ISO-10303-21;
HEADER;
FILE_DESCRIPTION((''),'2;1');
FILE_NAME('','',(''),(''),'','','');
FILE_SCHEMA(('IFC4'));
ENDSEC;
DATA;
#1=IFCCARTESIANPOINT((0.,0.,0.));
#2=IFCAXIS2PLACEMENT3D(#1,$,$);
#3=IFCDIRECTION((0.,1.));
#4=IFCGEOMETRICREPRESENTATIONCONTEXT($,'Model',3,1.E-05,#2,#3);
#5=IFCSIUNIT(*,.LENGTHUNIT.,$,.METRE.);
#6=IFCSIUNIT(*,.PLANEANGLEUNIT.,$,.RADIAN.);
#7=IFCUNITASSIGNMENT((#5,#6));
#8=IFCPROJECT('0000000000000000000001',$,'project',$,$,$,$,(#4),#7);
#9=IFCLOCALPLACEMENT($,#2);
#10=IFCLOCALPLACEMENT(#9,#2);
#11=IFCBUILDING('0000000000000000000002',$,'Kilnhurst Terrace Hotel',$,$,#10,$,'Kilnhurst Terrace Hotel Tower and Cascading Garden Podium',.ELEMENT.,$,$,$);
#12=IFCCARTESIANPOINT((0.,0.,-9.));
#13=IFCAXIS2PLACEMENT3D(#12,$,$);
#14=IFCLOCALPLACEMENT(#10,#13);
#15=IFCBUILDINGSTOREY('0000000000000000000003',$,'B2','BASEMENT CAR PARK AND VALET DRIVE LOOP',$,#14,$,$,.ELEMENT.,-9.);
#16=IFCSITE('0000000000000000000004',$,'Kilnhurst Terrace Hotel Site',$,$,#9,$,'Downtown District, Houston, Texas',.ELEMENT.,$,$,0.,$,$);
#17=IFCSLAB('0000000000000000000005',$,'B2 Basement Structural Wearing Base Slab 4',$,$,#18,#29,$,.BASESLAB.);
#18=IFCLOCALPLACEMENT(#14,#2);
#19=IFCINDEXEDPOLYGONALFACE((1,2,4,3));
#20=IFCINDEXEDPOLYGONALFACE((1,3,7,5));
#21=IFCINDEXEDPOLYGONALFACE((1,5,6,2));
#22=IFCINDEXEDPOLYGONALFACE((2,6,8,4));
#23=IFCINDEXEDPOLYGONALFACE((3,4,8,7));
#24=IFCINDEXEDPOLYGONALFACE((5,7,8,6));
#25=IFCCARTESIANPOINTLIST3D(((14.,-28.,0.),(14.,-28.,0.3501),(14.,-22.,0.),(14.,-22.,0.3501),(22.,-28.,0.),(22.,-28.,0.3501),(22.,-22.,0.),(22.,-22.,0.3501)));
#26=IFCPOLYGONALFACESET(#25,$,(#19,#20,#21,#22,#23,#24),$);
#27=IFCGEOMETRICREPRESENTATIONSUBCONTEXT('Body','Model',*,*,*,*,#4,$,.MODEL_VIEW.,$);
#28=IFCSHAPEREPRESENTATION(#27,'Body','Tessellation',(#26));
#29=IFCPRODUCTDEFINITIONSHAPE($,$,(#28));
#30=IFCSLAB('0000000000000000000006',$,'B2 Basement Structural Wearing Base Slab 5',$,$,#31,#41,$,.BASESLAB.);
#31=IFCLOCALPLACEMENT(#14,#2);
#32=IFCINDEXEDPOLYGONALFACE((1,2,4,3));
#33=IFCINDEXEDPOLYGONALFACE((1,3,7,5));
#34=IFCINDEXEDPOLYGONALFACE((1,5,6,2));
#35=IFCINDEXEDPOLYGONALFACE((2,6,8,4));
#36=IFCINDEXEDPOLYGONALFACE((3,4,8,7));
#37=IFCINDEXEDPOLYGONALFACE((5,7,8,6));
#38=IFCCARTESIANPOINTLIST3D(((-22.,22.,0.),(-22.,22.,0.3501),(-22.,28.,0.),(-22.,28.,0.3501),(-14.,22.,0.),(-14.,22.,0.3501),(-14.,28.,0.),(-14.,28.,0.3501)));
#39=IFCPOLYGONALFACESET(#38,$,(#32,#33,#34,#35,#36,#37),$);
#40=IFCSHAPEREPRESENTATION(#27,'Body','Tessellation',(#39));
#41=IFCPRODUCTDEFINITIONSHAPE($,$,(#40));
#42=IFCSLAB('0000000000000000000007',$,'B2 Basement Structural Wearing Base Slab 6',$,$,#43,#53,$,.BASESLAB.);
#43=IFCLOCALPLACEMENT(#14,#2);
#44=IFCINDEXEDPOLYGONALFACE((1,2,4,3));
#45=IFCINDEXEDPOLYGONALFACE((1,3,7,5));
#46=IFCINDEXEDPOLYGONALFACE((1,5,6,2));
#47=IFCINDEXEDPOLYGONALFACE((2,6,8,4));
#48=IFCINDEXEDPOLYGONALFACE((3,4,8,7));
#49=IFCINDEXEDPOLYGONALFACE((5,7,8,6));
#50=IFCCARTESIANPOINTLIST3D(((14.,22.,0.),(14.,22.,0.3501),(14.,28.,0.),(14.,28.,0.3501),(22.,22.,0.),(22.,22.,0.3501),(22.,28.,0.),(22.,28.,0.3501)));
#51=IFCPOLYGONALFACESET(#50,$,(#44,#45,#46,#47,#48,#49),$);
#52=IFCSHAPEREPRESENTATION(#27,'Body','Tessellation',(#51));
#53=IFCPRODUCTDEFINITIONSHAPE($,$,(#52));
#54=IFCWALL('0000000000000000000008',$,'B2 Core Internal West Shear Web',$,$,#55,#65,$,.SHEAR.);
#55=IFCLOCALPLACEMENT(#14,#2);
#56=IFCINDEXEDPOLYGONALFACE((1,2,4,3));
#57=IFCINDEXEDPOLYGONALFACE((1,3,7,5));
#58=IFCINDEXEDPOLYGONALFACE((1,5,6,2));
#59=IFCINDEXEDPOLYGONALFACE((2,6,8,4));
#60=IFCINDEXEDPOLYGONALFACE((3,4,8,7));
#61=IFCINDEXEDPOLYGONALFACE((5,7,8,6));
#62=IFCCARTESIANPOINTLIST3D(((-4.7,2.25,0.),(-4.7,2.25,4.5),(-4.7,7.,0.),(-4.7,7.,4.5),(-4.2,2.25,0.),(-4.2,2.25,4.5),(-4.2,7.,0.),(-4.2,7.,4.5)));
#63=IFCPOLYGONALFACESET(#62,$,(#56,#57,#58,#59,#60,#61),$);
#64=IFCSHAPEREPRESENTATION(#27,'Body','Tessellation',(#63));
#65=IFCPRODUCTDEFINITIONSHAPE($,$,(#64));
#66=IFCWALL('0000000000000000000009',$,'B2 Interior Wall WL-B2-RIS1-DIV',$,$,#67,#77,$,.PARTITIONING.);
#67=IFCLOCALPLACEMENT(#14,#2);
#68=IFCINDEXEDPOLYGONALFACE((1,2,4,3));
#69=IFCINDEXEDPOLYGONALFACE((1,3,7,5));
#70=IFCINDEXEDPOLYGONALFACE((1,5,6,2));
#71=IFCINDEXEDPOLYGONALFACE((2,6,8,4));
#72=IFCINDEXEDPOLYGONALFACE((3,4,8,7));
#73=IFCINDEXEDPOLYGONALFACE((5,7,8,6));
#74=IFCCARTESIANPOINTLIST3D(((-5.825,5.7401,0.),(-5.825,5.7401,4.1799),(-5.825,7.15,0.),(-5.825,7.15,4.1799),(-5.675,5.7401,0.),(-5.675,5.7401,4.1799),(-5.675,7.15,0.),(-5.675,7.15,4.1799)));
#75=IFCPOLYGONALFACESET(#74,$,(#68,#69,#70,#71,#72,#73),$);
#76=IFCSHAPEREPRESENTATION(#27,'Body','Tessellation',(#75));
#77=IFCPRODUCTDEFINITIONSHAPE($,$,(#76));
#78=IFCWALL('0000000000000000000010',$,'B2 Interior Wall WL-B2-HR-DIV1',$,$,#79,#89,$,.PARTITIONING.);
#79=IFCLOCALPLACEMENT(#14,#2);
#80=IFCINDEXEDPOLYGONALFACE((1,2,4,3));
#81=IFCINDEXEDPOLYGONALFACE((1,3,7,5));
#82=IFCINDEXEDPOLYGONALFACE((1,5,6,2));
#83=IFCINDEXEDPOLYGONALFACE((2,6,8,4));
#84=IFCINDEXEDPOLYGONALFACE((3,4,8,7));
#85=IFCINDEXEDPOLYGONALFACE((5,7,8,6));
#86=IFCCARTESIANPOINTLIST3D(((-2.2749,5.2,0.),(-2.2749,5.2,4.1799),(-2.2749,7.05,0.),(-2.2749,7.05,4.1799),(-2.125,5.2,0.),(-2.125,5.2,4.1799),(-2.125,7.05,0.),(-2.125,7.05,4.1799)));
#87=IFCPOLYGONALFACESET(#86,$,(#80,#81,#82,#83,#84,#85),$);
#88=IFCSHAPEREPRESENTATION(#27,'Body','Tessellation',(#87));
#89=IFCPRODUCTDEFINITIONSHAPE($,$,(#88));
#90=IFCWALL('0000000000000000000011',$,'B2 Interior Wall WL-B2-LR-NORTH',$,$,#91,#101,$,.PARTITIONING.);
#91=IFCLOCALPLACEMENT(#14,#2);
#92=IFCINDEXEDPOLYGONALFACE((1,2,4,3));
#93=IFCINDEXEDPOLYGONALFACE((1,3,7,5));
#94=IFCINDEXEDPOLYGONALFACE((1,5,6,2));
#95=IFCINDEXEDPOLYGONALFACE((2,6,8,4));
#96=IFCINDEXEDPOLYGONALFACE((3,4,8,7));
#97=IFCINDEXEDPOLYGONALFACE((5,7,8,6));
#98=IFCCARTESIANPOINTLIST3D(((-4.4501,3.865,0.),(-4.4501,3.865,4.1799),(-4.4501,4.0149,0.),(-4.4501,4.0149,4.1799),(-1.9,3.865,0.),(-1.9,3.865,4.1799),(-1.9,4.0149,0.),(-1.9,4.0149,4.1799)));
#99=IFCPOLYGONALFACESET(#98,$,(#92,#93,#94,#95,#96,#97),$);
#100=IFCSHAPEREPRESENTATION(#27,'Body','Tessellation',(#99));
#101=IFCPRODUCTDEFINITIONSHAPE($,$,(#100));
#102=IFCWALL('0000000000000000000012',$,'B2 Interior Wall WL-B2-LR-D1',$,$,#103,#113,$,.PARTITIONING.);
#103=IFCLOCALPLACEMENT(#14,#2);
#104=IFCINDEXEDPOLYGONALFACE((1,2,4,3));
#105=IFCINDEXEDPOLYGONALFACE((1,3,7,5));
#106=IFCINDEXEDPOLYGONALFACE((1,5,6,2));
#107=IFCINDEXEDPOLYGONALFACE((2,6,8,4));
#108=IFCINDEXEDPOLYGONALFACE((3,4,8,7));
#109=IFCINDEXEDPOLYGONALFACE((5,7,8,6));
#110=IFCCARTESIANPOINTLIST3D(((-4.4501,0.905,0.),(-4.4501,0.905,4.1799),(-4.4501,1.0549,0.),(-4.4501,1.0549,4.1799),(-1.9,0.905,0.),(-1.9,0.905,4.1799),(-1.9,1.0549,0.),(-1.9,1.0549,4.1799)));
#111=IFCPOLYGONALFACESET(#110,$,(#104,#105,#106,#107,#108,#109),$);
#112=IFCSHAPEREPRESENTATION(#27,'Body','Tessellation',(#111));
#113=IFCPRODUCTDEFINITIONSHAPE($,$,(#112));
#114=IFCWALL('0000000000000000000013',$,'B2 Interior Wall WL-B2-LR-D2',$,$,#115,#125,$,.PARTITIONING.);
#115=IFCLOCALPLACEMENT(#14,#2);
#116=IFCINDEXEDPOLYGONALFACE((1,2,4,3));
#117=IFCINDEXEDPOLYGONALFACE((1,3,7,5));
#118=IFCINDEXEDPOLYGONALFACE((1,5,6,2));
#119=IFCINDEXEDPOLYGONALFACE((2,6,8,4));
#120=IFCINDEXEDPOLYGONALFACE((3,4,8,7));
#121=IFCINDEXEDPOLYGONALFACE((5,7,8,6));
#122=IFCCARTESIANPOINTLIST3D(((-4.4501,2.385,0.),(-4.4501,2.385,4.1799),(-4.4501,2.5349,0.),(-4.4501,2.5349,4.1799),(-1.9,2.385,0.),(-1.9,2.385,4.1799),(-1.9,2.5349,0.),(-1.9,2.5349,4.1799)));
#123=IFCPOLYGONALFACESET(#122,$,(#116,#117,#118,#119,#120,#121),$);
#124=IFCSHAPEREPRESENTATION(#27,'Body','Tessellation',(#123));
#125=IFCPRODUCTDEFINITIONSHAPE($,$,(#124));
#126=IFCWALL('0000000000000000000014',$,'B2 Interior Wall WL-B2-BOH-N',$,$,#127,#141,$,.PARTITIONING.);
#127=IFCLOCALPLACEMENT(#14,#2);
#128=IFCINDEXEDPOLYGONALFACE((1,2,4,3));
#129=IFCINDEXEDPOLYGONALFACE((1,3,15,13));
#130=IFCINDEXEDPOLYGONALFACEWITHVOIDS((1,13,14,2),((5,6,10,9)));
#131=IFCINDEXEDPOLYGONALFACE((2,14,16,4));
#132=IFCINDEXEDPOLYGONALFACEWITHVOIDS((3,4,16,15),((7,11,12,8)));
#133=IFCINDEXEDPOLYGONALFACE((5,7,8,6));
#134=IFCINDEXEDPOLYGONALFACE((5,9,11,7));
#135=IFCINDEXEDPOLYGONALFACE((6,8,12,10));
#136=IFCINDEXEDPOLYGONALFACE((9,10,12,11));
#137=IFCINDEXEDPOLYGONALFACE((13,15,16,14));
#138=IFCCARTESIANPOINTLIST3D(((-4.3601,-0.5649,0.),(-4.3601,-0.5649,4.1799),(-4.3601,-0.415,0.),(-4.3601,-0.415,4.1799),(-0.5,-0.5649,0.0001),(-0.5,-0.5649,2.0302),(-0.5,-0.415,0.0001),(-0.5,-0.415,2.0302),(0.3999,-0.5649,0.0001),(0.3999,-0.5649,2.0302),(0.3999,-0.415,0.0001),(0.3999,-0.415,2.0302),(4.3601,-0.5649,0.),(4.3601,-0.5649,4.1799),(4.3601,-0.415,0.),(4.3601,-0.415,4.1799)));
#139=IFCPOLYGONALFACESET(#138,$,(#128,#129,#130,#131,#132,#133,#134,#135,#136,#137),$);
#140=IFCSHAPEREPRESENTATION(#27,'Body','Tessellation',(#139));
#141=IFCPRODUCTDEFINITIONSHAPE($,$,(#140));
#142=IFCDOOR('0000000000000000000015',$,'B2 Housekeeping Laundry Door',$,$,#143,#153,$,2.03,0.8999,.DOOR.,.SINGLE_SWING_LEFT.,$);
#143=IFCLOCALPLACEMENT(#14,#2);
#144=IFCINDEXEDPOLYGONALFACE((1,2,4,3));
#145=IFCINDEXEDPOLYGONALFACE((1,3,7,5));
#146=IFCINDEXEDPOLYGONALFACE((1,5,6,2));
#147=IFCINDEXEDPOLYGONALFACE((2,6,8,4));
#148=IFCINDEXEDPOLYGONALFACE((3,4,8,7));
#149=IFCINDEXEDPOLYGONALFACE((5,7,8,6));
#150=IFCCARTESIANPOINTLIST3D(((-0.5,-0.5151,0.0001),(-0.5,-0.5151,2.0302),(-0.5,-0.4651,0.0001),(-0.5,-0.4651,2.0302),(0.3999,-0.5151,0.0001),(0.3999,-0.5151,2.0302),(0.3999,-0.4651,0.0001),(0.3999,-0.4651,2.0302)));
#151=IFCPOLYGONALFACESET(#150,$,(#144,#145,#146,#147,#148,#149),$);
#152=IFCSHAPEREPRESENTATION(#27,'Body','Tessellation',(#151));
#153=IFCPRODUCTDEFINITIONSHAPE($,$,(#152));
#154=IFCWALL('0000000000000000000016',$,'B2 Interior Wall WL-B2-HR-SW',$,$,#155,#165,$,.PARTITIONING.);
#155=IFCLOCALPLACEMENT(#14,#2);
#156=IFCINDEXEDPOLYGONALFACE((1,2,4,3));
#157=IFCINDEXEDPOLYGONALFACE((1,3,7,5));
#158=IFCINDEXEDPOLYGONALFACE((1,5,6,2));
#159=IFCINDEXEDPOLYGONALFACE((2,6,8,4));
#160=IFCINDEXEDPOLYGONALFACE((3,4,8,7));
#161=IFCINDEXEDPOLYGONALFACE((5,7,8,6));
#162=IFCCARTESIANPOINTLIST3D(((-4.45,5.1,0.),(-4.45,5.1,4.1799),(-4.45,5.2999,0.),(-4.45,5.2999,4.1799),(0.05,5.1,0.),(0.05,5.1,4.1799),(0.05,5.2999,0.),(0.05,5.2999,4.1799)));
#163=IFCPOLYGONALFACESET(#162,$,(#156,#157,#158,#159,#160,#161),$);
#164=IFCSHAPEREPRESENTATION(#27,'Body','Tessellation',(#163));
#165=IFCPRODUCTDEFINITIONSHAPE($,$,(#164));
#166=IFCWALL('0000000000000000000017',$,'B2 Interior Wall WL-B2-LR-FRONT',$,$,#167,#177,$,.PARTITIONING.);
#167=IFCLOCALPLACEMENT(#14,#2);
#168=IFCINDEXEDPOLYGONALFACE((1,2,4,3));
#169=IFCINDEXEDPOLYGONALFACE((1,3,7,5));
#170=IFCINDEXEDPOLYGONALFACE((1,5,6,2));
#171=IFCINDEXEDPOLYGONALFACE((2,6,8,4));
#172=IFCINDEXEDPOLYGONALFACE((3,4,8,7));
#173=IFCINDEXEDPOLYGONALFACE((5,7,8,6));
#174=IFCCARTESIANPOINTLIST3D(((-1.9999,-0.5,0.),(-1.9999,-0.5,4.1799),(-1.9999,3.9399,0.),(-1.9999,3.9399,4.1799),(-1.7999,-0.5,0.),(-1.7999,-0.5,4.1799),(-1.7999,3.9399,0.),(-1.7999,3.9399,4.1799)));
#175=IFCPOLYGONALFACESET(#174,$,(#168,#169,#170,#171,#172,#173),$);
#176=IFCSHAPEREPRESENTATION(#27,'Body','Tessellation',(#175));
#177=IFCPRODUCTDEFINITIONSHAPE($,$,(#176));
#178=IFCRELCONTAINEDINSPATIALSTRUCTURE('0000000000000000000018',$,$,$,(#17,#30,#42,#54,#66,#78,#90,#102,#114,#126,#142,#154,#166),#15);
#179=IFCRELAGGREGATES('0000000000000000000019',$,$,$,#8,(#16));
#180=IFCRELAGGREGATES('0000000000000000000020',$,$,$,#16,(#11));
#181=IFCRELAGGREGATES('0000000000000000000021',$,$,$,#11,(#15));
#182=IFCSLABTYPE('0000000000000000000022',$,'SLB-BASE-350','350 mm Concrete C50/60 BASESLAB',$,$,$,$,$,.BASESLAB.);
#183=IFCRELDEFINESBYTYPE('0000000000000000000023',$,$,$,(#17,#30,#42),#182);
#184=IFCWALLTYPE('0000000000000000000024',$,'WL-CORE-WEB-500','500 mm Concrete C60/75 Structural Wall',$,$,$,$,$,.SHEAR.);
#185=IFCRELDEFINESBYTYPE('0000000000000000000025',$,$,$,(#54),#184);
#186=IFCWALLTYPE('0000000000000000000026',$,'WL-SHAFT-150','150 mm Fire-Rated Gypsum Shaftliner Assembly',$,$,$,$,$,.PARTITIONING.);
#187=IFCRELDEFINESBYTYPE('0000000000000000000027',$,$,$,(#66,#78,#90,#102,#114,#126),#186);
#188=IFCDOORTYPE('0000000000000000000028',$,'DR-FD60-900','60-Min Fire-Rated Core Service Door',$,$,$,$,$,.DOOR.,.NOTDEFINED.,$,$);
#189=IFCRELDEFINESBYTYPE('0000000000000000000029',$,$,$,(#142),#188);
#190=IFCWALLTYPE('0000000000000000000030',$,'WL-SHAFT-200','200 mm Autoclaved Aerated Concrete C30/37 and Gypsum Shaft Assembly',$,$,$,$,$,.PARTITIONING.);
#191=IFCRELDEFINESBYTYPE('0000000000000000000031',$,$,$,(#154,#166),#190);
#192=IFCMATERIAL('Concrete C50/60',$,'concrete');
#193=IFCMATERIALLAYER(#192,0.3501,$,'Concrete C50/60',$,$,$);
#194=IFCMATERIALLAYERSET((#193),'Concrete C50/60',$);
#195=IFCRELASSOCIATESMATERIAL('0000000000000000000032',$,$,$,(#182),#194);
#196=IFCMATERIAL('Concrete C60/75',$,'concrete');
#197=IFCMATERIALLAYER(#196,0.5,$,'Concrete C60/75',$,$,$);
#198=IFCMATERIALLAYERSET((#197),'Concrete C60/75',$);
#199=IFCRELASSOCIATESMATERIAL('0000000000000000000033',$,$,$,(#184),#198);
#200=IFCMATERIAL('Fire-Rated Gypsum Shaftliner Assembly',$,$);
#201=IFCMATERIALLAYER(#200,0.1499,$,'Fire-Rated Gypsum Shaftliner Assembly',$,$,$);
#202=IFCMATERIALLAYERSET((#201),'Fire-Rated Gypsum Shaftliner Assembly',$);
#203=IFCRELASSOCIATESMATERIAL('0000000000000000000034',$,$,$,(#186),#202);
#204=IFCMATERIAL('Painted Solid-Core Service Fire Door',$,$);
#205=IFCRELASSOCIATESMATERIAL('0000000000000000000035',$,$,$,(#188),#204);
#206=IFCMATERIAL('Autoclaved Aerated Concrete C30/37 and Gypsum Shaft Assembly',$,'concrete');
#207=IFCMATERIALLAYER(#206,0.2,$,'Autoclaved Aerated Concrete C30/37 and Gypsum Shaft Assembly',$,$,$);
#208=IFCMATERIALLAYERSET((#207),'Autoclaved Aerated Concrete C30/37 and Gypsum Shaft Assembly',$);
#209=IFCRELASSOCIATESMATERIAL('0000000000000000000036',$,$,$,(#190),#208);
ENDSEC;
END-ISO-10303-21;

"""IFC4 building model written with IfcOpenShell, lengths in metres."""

from ifc_helpers import new_model, si_unit, direction, frame, frame_2d, origin, place, context, subcontext, project, spatial, polyline, rectangle, outline, extrude, material, layer, layer_set, type_object, element, fill, save


model = new_model("IFC4")

# Units and contexts
model_context = context("Model", 3, precision=1e-05, world=origin(), true_north=direction((0.0, 1.0)))
body_context = subcontext(model_context, "Body", "Model", "MODEL_VIEW")
ifc_project = project(units=[si_unit("LENGTHUNIT", "METRE"), si_unit("PLANEANGLEUNIT", "RADIAN")], contexts=[model_context])

# Site, building, storey
site_placement = place(None, origin())
site = spatial("IfcSite", under=ifc_project, at=site_placement, Name="Kilnhurst Terrace Hotel Site", LongName="Downtown District, Houston, Texas", CompositionType="ELEMENT", RefElevation=0.0)
building_placement = place(site_placement, origin())
building = spatial("IfcBuilding", under=site, at=building_placement, Name="Kilnhurst Terrace Hotel", LongName="Kilnhurst Terrace Hotel Tower and Cascading Garden Podium", CompositionType="ELEMENT")
storey_placement = place(building_placement, frame((0.0, 0.0, -9.0)))
storey = spatial("IfcBuildingStorey", under=building, at=storey_placement, Name="B2", Description="BASEMENT CAR PARK AND VALET DRIVE LOOP", CompositionType="ELEMENT", Elevation=-9.0)

# Shared definitions
ifc_material_1 = material(Name="Concrete C50/60", Category="concrete")

# Slabs
ifc_layer_1 = layer(ifc_material_1, 0.3501, Name="Concrete C50/60")
ifc_layer_set_1 = layer_set([ifc_layer_1], Name="Concrete C50/60")
slab_type = type_object("IfcSlabType", Name="SLB-BASE-350", Description="350 mm Concrete C50/60 BASESLAB", PredefinedType="BASESLAB", material=ifc_layer_set_1)
slab_1_placement = place(storey_placement, origin())
element("IfcSlab", 1, at=slab_1_placement, inside=storey, type_object=slab_type, Name="B2 Basement Structural Wearing Base Slab 4", PredefinedType="BASESLAB", context=body_context, shape_type="SweptSolid", body=[
    extrude(outline(polyline([(14.0, -28.0), (22.0, -28.0), (22.0, -22.0), (14.0, -22.0), (14.0, -28.0)])), origin(), (0.0, 0.0, 1.0), 0.3501),
])
slab_2_placement = place(storey_placement, origin())
element("IfcSlab", 2, at=slab_2_placement, inside=storey, type_object=slab_type, Name="B2 Basement Structural Wearing Base Slab 5", PredefinedType="BASESLAB", context=body_context, shape_type="SweptSolid", body=[
    extrude(outline(polyline([(-22.0, 22.0), (-14.0, 22.0), (-14.0, 28.0), (-22.0, 28.0), (-22.0, 22.0)])), origin(), (0.0, 0.0, 1.0), 0.3501),
])
slab_3_placement = place(storey_placement, origin())
element("IfcSlab", 3, at=slab_3_placement, inside=storey, type_object=slab_type, Name="B2 Basement Structural Wearing Base Slab 6", PredefinedType="BASESLAB", context=body_context, shape_type="SweptSolid", body=[
    extrude(outline(polyline([(14.0, 22.0), (22.0, 22.0), (22.0, 28.0), (14.0, 28.0), (14.0, 22.0)])), origin(), (0.0, 0.0, 1.0), 0.3501),
])

# Walls
ifc_material_2 = material(Name="Concrete C60/75", Category="concrete")
ifc_layer_2 = layer(ifc_material_2, 0.5, Name="Concrete C60/75")
ifc_layer_set_2 = layer_set([ifc_layer_2], Name="Concrete C60/75")
wall_type_1 = type_object("IfcWallType", Name="WL-CORE-WEB-500", Description="500 mm Concrete C60/75 Structural Wall", PredefinedType="SHEAR", material=ifc_layer_set_2)
wall_1_placement = place(storey_placement, frame((-4.45, 2.25, 0.0), z_axis=(0.0, 0.0, 1.0), x_axis=(0.0, 1.0, 0.0)))
element("IfcWall", 4, at=wall_1_placement, inside=storey, type_object=wall_type_1, Name="B2 Core Internal West Shear Web", PredefinedType="SHEAR", context=body_context, shape_type="SweptSolid", body=[
    extrude(rectangle(XDim=4.75, YDim=0.5, at=frame_2d((2.375, 0.0))), origin(), (0.0, 0.0, 1.0), 4.5),
])
ifc_material_3 = material(Name="Fire-Rated Gypsum Shaftliner Assembly")
ifc_layer_3 = layer(ifc_material_3, 0.1499, Name="Fire-Rated Gypsum Shaftliner Assembly")
ifc_layer_set_3 = layer_set([ifc_layer_3], Name="Fire-Rated Gypsum Shaftliner Assembly")
wall_type_2 = type_object("IfcWallType", Name="WL-SHAFT-150", Description="150 mm Fire-Rated Gypsum Shaftliner Assembly", PredefinedType="PARTITIONING", material=ifc_layer_set_3)
wall_2_placement = place(storey_placement, frame((-5.75, 5.74, 0.0), z_axis=(0.0, 0.0, 1.0), x_axis=(0.0, 1.0, 0.0)))
element("IfcWall", 5, at=wall_2_placement, inside=storey, type_object=wall_type_2, Name="B2 Interior Wall WL-B2-RIS1-DIV", PredefinedType="PARTITIONING", context=body_context, shape_type="SweptSolid", body=[
    extrude(rectangle(XDim=1.4099, YDim=0.1499, at=frame_2d((0.7051, 0.0))), origin(), (0.0, 0.0, 1.0), 4.1799),
])
wall_3_placement = place(storey_placement, frame((-2.2, 5.2, 0.0), z_axis=(0.0, 0.0, 1.0), x_axis=(0.0, 1.0, 0.0)))
element("IfcWall", 6, at=wall_3_placement, inside=storey, type_object=wall_type_2, Name="B2 Interior Wall WL-B2-HR-DIV1", PredefinedType="PARTITIONING", context=body_context, shape_type="SweptSolid", body=[
    extrude(rectangle(XDim=1.8501, YDim=0.1499, at=frame_2d((0.925, 0.0))), origin(), (0.0, 0.0, 1.0), 4.1799),
])
for number, where, z_axis, x_axis, name in (
    (7, (-4.45, 3.9399, 0.0), (0.0, 0.0, 1.0), (1.0, 0.0, 0.0), "B2 Interior Wall WL-B2-LR-NORTH"),
    (8, (-4.45, 0.98, 0.0), (0.0, 0.0, 1.0), (1.0, 0.0, 0.0), "B2 Interior Wall WL-B2-LR-D1"),
    (9, (-4.45, 2.46, 0.0), (0.0, 0.0, 1.0), (1.0, 0.0, 0.0), "B2 Interior Wall WL-B2-LR-D2"),
):
    element("IfcWall", number, at=place(storey_placement, frame(where, z_axis=z_axis, x_axis=x_axis)), inside=storey, type_object=wall_type_2, Name=name, PredefinedType="PARTITIONING", context=body_context, shape_type="SweptSolid", body=[
        extrude(rectangle(XDim=2.55, YDim=0.1499, at=frame_2d((1.2749, 0.0))), origin(), (0.0, 0.0, 1.0), 4.1799),
    ])

# Wall, opening, door
wall_4_placement = place(storey_placement, frame((-4.3601, -0.49, 0.0), z_axis=(0.0, 0.0, 1.0), x_axis=(1.0, 0.0, 0.0)))
wall_4 = element("IfcWall", 10, at=wall_4_placement, inside=storey, type_object=wall_type_2, Name="B2 Interior Wall WL-B2-BOH-N", PredefinedType="PARTITIONING", context=body_context, shape_type="SweptSolid", body=[
    extrude(rectangle(XDim=8.7202, YDim=0.1499, at=frame_2d((4.3601, 0.0))), origin(), (0.0, 0.0, 1.0), 4.1799),
])
opening_placement = place(wall_4_placement, frame((3.8601, 0.0, 0.0)))
opening = element("IfcOpeningElement", 11, at=opening_placement, cuts=wall_4, PredefinedType="OPENING", context=body_context, shape_type="SweptSolid", body=[
    extrude(rectangle(XDim=0.8999, YDim=2.03, at=frame_2d((0.45, 1.0151))), frame((0.0, 0.085, 0.0), z_axis=(0.0, -1.0, 0.0), x_axis=(1.0, 0.0, 0.0)), (0.0, 0.0, 1.0), 0.1699),
])
ifc_material_4 = material(Name="Painted Solid-Core Service Fire Door")
door_type = type_object("IfcDoorType", Name="DR-FD60-900", Description="60-Min Fire-Rated Core Service Door", OperationType="NOTDEFINED", PredefinedType="DOOR", material=ifc_material_4)
door_placement = place(opening_placement, origin())
door = element("IfcDoor", 12, at=door_placement, inside=storey, type_object=door_type, Name="B2 Housekeeping Laundry Door", OperationType="SINGLE_SWING_LEFT", OverallHeight=2.03, OverallWidth=0.8999, PredefinedType="DOOR", context=body_context, shape_type="SweptSolid", body=[
    extrude(rectangle(XDim=0.8999, YDim=2.03, at=frame_2d((0.45, 1.0151))), frame((0.0, 0.0249, 0.0), z_axis=(0.0, -1.0, 0.0), x_axis=(1.0, 0.0, 0.0)), (0.0, 0.0, 1.0), 0.05),
])
fill(opening, door)

# Walls
ifc_material_5 = material(Name="Autoclaved Aerated Concrete C30/37 and Gypsum Shaft Assembly", Category="concrete")
ifc_layer_4 = layer(ifc_material_5, 0.2, Name="Autoclaved Aerated Concrete C30/37 and Gypsum Shaft Assembly")
ifc_layer_set_4 = layer_set([ifc_layer_4], Name="Autoclaved Aerated Concrete C30/37 and Gypsum Shaft Assembly")
wall_type_3 = type_object("IfcWallType", Name="WL-SHAFT-200", Description="200 mm Autoclaved Aerated Concrete C30/37 and Gypsum Shaft Assembly", PredefinedType="PARTITIONING", material=ifc_layer_set_4)
wall_5_placement = place(storey_placement, frame((-4.45, 5.2, 0.0), z_axis=(0.0, 0.0, 1.0), x_axis=(1.0, 0.0, 0.0)))
element("IfcWall", 13, at=wall_5_placement, inside=storey, type_object=wall_type_3, Name="B2 Interior Wall WL-B2-HR-SW", PredefinedType="PARTITIONING", context=body_context, shape_type="SweptSolid", body=[
    extrude(rectangle(XDim=4.5, YDim=0.2, at=frame_2d((2.25, 0.0))), origin(), (0.0, 0.0, 1.0), 4.1799),
])
wall_6_placement = place(storey_placement, frame((-1.8999, -0.5, 0.0), z_axis=(0.0, 0.0, 1.0), x_axis=(0.0, 1.0, 0.0)))
element("IfcWall", 14, at=wall_6_placement, inside=storey, type_object=wall_type_3, Name="B2 Interior Wall WL-B2-LR-FRONT", PredefinedType="PARTITIONING", context=body_context, shape_type="SweptSolid", body=[
    extrude(rectangle(XDim=4.4399, YDim=0.2, at=frame_2d((2.22, 0.0))), origin(), (0.0, 0.0, 1.0), 4.1799),
])

save(model, "model.ifc")
